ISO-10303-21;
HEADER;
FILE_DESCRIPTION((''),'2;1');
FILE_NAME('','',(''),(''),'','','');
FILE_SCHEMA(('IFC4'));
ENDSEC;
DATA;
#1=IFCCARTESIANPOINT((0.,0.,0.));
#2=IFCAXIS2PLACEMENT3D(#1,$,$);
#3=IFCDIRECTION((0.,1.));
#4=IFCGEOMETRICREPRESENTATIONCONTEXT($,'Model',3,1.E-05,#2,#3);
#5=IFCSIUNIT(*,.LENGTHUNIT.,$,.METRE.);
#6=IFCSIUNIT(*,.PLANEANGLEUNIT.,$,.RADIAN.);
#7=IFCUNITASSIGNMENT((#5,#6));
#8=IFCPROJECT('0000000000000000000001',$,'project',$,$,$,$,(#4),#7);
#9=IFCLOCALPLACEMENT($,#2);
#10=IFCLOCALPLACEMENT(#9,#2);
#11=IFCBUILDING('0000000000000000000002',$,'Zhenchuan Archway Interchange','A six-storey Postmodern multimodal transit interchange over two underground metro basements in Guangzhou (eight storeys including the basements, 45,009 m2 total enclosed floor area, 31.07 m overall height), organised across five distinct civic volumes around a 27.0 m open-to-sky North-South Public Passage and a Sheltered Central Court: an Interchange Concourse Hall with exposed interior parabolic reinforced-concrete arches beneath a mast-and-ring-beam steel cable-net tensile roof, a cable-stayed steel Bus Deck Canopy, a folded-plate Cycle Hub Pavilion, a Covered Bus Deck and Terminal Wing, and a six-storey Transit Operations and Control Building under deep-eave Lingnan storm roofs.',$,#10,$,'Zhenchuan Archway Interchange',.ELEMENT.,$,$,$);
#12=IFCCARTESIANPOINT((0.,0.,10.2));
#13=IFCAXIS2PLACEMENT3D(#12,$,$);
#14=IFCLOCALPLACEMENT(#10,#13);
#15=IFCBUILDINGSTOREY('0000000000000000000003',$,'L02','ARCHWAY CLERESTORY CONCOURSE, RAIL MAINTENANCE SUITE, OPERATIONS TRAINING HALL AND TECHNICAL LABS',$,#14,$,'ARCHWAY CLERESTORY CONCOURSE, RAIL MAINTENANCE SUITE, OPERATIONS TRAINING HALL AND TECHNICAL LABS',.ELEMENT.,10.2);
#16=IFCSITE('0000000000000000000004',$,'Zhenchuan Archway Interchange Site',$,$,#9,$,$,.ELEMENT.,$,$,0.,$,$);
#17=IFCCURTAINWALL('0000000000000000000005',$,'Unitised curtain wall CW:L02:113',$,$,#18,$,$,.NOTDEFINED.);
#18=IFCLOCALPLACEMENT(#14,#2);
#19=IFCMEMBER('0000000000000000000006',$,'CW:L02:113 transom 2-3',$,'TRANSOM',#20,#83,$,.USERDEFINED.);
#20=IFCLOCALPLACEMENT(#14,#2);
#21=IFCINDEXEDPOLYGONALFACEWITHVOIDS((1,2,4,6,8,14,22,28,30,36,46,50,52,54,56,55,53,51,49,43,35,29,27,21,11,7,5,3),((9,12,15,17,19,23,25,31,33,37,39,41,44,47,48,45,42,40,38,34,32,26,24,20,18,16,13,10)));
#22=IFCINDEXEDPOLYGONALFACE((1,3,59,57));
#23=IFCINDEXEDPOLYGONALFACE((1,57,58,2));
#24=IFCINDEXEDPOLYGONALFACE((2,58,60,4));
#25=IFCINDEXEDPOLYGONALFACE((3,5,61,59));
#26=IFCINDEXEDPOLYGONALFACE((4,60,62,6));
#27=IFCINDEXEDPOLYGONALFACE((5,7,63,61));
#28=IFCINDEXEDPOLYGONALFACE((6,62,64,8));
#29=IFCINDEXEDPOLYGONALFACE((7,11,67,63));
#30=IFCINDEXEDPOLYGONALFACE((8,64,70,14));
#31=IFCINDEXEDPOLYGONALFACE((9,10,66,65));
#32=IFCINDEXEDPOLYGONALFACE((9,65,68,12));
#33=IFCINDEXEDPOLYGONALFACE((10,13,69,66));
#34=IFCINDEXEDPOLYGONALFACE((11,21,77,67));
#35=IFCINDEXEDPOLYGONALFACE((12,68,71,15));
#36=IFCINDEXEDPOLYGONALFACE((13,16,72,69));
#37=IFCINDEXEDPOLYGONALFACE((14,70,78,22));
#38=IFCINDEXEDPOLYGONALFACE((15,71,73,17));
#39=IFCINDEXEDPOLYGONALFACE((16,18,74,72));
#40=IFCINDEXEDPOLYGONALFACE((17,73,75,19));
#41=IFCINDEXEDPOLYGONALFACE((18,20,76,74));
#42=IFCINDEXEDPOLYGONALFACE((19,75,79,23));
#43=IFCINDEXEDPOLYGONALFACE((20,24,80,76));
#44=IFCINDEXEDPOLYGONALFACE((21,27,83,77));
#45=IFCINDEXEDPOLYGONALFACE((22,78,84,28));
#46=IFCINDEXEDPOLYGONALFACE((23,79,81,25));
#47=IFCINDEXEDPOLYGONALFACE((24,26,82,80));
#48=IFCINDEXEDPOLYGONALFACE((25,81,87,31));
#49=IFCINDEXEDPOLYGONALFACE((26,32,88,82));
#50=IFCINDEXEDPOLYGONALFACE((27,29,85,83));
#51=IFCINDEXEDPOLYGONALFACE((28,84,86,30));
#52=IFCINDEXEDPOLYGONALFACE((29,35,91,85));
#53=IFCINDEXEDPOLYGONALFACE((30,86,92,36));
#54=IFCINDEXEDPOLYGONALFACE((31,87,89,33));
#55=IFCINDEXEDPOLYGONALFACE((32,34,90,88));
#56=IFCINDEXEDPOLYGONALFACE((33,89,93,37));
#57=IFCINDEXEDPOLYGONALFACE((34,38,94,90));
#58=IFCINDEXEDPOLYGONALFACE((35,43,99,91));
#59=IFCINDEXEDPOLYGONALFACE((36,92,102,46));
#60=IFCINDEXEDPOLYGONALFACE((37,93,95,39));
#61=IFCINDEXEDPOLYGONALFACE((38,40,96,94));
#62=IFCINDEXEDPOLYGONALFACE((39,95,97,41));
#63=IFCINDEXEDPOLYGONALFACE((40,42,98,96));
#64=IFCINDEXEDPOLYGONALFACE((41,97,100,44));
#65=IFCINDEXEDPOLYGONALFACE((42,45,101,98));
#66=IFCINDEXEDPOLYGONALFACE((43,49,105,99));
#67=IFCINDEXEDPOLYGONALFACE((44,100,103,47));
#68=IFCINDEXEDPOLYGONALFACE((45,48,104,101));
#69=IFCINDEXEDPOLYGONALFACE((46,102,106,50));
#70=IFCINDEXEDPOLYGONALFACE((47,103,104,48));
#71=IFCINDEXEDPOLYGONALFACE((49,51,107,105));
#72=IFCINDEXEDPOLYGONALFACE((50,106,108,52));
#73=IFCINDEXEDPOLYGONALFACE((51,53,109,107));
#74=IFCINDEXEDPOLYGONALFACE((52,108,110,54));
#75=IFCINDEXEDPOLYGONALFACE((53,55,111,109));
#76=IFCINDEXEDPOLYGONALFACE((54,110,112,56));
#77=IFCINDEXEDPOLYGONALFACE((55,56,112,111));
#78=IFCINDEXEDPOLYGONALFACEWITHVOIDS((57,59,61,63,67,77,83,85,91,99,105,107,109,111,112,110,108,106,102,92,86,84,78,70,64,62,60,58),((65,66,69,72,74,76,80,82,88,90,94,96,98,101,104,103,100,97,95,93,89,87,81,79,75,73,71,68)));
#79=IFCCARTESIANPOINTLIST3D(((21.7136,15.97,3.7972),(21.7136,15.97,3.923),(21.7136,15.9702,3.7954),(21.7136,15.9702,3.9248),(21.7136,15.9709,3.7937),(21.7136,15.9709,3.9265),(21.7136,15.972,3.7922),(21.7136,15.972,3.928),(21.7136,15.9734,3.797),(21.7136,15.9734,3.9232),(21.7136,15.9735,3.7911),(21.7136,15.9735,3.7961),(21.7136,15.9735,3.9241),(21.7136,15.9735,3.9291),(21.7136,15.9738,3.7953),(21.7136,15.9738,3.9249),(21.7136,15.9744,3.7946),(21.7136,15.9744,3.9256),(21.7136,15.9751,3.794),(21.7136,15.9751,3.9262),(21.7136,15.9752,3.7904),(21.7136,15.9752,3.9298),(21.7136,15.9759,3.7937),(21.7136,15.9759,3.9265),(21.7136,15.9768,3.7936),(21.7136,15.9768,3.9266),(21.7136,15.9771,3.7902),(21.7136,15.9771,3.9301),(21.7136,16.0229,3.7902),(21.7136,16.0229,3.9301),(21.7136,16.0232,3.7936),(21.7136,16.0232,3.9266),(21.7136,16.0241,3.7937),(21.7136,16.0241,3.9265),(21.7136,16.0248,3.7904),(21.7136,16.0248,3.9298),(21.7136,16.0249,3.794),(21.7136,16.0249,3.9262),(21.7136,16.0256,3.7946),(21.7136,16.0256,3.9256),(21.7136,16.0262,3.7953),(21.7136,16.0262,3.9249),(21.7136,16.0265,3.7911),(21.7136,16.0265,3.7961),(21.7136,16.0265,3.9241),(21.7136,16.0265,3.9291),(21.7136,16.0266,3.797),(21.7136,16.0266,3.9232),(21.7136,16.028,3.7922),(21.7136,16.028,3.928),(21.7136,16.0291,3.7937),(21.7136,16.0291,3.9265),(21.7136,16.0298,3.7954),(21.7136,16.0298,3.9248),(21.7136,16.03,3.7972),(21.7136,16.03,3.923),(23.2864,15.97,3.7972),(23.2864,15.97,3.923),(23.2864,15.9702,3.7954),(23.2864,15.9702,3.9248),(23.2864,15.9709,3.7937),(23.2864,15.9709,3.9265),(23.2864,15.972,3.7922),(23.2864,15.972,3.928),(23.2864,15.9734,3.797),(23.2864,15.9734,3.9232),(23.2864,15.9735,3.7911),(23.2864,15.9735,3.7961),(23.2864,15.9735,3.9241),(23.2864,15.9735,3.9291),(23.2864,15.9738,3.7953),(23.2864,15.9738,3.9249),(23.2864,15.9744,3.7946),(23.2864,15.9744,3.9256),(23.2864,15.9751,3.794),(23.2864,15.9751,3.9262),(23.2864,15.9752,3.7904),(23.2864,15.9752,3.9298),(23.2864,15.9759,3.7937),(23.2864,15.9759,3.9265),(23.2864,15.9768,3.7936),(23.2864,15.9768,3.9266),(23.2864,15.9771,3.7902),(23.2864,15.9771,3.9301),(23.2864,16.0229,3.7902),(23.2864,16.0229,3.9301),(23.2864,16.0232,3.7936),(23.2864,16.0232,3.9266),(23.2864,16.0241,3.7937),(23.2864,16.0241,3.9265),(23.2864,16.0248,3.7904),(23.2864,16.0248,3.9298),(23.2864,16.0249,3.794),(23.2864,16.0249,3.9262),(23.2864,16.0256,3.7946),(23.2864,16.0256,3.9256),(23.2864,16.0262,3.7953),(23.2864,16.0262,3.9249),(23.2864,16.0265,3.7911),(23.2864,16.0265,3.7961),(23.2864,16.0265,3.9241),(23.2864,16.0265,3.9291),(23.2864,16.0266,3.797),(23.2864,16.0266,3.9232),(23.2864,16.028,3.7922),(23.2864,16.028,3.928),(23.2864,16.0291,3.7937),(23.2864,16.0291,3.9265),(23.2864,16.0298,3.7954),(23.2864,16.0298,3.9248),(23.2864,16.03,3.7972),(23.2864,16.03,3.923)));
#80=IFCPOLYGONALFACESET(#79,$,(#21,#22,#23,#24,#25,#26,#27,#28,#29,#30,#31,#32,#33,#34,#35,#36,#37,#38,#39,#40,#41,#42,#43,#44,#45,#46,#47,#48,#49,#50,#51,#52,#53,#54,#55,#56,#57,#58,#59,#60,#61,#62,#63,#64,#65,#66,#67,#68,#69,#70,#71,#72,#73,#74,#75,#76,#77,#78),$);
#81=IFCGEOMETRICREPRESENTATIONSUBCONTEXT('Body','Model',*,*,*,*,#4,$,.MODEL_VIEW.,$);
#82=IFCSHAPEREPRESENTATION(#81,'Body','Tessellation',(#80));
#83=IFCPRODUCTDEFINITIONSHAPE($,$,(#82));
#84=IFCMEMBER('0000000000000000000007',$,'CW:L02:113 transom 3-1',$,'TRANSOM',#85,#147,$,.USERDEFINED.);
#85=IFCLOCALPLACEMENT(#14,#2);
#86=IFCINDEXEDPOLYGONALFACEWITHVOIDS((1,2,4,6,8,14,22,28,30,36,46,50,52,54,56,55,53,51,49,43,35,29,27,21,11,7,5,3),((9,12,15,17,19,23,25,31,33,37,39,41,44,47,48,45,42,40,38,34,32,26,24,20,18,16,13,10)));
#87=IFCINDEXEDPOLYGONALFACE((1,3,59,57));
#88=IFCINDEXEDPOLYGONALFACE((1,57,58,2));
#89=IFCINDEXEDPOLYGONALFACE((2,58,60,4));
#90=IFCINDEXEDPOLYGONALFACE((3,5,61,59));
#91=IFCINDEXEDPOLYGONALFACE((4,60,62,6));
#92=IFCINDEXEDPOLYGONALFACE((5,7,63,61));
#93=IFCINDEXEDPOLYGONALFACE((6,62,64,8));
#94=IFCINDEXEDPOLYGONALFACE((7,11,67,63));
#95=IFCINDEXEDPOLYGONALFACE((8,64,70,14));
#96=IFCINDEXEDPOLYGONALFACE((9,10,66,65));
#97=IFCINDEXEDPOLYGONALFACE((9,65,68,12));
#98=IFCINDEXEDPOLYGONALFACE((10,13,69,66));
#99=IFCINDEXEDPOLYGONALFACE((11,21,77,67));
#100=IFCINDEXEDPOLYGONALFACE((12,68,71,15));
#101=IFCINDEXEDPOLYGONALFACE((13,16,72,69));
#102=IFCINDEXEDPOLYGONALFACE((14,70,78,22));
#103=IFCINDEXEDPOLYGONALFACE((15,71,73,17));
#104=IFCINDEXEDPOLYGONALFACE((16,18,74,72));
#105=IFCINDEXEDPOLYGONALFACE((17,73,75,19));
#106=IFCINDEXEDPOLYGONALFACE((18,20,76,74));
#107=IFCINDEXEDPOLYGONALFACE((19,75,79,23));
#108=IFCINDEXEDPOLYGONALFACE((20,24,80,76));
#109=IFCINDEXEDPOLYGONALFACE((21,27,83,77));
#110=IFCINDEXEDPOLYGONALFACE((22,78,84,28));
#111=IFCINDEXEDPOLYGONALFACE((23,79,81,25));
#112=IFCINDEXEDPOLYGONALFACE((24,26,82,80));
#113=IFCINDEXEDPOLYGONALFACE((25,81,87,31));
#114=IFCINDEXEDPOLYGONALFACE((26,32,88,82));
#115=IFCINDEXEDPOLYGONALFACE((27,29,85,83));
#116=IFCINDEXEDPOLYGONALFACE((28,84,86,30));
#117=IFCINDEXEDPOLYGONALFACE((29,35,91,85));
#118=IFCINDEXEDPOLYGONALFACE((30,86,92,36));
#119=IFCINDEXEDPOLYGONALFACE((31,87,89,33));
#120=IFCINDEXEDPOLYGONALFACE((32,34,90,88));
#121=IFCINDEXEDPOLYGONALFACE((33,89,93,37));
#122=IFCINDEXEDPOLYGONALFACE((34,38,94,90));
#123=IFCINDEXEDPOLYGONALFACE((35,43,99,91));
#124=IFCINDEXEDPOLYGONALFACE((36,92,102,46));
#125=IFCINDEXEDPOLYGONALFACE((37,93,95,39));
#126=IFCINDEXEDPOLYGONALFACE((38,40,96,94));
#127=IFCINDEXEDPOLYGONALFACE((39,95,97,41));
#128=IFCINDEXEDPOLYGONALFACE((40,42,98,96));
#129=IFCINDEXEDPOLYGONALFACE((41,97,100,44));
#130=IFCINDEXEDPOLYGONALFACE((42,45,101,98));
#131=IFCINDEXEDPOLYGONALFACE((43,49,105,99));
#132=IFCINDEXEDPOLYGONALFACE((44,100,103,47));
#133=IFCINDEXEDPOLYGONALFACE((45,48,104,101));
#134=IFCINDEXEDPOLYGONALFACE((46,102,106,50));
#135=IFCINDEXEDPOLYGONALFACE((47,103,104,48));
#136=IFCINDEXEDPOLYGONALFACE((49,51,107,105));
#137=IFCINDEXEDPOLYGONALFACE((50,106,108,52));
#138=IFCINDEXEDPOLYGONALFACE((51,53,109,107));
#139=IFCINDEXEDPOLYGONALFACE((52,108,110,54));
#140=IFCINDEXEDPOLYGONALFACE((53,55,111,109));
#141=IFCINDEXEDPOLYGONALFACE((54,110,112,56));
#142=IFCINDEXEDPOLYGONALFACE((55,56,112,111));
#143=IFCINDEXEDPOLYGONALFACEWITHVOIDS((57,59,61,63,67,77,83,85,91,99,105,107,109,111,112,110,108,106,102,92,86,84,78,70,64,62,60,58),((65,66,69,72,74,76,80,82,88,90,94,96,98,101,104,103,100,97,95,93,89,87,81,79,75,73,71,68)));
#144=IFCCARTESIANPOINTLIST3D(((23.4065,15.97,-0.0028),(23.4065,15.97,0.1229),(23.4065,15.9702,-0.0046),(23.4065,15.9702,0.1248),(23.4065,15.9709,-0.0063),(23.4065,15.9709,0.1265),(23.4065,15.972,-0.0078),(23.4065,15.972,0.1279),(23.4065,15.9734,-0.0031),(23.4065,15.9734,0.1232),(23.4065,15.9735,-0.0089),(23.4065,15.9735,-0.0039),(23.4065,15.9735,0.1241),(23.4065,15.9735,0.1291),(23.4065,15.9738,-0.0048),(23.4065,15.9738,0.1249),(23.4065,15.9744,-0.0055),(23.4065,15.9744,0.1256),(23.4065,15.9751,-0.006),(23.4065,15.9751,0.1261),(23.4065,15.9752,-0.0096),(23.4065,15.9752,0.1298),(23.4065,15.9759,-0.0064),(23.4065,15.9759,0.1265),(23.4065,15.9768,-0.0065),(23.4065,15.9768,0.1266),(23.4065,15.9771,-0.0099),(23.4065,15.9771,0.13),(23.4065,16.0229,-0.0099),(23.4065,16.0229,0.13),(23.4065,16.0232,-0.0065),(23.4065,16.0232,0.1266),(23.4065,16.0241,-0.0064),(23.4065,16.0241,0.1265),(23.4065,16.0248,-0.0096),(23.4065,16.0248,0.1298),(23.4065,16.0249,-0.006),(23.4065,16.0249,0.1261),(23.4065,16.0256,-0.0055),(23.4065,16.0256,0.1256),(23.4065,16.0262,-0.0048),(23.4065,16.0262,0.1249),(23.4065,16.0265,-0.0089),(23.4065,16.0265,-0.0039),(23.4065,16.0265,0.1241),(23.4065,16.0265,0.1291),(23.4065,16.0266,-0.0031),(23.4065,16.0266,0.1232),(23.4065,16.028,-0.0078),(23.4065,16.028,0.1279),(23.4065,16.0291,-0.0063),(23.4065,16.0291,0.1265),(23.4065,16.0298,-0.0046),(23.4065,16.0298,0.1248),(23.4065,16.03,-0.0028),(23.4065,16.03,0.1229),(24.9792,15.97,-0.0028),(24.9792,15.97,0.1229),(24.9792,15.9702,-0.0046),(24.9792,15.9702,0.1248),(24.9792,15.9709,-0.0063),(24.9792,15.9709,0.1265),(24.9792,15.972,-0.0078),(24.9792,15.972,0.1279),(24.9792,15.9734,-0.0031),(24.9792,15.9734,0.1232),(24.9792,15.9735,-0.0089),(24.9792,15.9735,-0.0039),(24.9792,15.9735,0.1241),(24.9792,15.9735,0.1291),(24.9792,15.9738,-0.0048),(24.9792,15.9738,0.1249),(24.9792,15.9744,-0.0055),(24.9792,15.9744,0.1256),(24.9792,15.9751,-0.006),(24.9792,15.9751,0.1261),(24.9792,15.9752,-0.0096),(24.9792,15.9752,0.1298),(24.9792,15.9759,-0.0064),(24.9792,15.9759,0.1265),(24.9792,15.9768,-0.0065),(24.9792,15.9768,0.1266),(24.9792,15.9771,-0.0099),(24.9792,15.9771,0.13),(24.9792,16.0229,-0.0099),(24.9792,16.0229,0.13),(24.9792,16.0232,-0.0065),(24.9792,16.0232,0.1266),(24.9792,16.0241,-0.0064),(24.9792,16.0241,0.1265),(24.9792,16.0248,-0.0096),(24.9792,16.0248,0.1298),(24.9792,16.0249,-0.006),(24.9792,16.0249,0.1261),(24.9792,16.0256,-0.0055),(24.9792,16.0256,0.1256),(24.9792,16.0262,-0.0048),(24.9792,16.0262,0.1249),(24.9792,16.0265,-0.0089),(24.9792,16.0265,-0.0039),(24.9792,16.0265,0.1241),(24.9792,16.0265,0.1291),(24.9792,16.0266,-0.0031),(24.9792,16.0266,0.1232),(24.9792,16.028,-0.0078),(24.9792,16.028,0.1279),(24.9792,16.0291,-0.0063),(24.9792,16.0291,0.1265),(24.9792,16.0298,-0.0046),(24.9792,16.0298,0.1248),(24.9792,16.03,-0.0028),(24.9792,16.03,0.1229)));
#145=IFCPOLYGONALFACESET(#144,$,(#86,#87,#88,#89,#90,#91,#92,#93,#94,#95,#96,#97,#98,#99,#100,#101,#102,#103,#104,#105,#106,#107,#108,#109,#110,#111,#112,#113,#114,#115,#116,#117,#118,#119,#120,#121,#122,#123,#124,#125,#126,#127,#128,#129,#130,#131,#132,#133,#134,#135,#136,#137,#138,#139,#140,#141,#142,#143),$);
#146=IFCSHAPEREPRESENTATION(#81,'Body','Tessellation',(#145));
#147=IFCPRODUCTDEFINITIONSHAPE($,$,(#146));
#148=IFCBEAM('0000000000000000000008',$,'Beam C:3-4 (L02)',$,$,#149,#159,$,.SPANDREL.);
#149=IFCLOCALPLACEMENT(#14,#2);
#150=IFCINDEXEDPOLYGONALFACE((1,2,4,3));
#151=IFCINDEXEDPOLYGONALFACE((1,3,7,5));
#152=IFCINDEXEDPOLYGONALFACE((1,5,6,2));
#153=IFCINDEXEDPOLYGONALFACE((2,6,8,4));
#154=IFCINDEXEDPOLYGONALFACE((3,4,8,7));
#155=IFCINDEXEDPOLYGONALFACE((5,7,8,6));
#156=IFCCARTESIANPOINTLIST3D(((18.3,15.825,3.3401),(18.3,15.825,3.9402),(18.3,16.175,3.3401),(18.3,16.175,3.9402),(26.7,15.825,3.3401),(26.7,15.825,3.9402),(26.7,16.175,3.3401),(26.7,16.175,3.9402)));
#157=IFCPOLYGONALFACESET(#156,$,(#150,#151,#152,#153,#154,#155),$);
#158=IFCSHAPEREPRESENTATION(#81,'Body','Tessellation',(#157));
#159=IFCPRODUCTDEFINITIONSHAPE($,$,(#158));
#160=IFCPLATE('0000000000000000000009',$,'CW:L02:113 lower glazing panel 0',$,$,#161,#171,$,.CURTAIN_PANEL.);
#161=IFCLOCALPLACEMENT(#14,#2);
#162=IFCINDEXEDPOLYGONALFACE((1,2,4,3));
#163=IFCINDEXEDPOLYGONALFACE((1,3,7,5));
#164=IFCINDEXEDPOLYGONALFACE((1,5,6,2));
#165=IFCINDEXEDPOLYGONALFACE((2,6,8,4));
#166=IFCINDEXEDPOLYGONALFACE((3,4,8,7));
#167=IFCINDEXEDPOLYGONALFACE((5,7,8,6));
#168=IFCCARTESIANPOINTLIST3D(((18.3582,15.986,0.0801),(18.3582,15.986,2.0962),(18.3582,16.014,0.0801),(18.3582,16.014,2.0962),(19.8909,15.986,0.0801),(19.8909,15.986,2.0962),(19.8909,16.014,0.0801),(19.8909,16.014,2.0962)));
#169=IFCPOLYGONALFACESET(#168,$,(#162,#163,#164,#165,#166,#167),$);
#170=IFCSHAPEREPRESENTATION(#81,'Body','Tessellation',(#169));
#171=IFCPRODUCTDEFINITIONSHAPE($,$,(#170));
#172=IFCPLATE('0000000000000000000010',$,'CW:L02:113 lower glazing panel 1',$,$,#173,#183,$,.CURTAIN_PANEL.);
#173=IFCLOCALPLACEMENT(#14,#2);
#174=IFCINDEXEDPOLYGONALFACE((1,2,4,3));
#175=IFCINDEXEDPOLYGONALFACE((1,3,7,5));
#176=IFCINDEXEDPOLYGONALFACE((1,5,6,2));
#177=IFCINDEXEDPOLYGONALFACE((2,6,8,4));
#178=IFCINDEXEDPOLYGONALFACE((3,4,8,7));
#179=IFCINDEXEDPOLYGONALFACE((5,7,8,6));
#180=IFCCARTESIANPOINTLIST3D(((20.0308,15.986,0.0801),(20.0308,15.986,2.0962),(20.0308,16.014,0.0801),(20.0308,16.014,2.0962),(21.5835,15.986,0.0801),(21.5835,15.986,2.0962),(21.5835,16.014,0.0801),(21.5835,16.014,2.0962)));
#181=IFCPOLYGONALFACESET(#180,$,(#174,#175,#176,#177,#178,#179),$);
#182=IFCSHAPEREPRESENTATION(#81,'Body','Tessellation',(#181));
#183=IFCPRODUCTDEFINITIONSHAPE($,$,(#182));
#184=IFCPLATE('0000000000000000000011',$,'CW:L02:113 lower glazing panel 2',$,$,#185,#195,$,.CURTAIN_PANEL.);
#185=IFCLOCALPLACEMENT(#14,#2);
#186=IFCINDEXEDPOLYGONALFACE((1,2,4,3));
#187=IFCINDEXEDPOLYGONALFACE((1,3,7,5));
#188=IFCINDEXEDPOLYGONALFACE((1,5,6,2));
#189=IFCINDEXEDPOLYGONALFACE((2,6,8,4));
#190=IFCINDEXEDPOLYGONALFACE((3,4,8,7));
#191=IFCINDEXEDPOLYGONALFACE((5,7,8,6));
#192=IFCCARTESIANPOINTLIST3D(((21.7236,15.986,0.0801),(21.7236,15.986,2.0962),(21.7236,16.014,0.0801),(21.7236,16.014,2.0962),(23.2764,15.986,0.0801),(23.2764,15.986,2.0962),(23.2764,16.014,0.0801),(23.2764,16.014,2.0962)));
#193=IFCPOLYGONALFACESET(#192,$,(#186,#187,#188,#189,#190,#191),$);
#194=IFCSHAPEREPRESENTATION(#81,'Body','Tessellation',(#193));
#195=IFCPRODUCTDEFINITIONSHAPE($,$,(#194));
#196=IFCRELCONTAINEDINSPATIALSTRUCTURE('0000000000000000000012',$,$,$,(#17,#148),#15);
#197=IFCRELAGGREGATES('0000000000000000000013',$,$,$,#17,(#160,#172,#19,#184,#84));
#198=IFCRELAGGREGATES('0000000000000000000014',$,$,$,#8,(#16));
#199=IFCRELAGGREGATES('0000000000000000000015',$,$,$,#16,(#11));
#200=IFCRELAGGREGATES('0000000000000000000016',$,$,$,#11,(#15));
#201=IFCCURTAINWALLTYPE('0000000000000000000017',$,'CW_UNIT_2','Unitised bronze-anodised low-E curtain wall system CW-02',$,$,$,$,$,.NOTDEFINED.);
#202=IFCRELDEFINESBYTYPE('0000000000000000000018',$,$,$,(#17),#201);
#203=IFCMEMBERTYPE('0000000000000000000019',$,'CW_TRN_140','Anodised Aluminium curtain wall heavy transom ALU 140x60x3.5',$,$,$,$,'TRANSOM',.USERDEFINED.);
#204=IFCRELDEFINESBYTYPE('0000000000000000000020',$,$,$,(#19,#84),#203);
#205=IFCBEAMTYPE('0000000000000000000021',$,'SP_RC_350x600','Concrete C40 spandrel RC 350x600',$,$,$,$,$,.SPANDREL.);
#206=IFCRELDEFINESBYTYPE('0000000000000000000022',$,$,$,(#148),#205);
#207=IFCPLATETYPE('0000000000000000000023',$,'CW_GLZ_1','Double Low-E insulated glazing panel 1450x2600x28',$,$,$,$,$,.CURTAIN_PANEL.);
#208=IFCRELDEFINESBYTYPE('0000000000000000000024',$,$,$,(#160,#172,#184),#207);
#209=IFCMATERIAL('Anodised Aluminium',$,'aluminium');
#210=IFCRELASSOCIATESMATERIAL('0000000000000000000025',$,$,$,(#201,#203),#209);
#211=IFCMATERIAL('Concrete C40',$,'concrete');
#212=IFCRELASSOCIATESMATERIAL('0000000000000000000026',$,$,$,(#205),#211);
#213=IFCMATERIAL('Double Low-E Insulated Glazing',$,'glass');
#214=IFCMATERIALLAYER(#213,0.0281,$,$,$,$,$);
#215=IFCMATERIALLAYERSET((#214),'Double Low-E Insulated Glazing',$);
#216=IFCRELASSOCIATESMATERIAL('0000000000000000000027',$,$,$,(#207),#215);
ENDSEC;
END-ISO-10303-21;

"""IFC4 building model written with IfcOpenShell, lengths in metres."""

from ifc_helpers import new_model, si_unit, direction, frame, origin, origin_2d, place, context, subcontext, project, spatial, rectangle, hollow_rectangle, extrude, material, layer, layer_set, material_profile, profile_set, type_object, element, aggregate, save


model = new_model("IFC4")

# Units and contexts
model_context = context("Model", 3, precision=1e-05, world=origin(), true_north=direction((0.0, 1.0)))
body_context = subcontext(model_context, "Body", "Model", "MODEL_VIEW")
ifc_project = project(units=[si_unit("LENGTHUNIT", "METRE"), si_unit("PLANEANGLEUNIT", "RADIAN")], contexts=[model_context])

# Site, building, storey
site_placement = place(None, origin())
site = spatial("IfcSite", under=ifc_project, at=site_placement, Name="Zhenchuan Archway Interchange Site", CompositionType="ELEMENT", RefElevation=0.0)
building_placement = place(site_placement, origin())
building = spatial("IfcBuilding", under=site, at=building_placement, Name="Zhenchuan Archway Interchange", Description="A six-storey Postmodern multimodal transit interchange over two underground metro basements in Guangzhou (eight storeys including the basements, 45,009 m2 total enclosed floor area, 31.07 m overall height), organised across five distinct civic volumes around a 27.0 m open-to-sky North-South Public Passage and a Sheltered Central Court: an Interchange Concourse Hall with exposed interior parabolic reinforced-concrete arches beneath a mast-and-ring-beam steel cable-net tensile roof, a cable-stayed steel Bus Deck Canopy, a folded-plate Cycle Hub Pavilion, a Covered Bus Deck and Terminal Wing, and a six-storey Transit Operations and Control Building under deep-eave Lingnan storm roofs.", LongName="Zhenchuan Archway Interchange", CompositionType="ELEMENT")
storey_placement = place(building_placement, frame((0.0, 0.0, 10.2)))
storey = spatial("IfcBuildingStorey", under=building, at=storey_placement, Name="L02", Description="ARCHWAY CLERESTORY CONCOURSE, RAIL MAINTENANCE SUITE, OPERATIONS TRAINING HALL AND TECHNICAL LABS", LongName="ARCHWAY CLERESTORY CONCOURSE, RAIL MAINTENANCE SUITE, OPERATIONS TRAINING HALL AND TECHNICAL LABS", CompositionType="ELEMENT", Elevation=10.2)

# Curtain wall, members
ifc_material_1 = material(Name="Anodised Aluminium", Category="aluminium")
curtain_wall_type = type_object("IfcCurtainWallType", Name="CW_UNIT_2", Description="Unitised bronze-anodised low-E curtain wall system CW-02", PredefinedType="NOTDEFINED", material=ifc_material_1)
curtain_wall_placement = place(storey_placement, origin())
curtain_wall = element("IfcCurtainWall", 1, at=curtain_wall_placement, inside=storey, type_object=curtain_wall_type, Name="Unitised curtain wall CW:L02:113", PredefinedType="NOTDEFINED")
ifc_material_profile_1 = material_profile(ifc_material_1, hollow_rectangle(XDim=0.0601, YDim=0.1399, WallThickness=0.0034, InnerFilletRadius=0.0034, OuterFilletRadius=0.0071, at=origin_2d()), Name="ALU 140x60x3.5")
ifc_profile_set_1 = profile_set([ifc_material_profile_1], Name="Anodised Aluminium")
member_type_1 = type_object("IfcMemberType", Name="CW_TRN_140", Description="Anodised Aluminium curtain wall heavy transom ALU 140x60x3.5", ElementType="TRANSOM", PredefinedType="USERDEFINED", material=ifc_profile_set_1)
member_1_placement = place(storey_placement, frame((21.7136, 16.0, 3.8601), z_axis=(1.0, 0.0, 0.0), x_axis=(0.0, 1.0, 0.0)))
member_1 = element("IfcMember", 2, at=member_1_placement, type_object=member_type_1, Name="CW:L02:113 transom 2-3", ObjectType="TRANSOM", PredefinedType="USERDEFINED", context=body_context, shape_type="SweptSolid", body=[
    extrude(hollow_rectangle(XDim=0.0601, YDim=0.1399, WallThickness=0.0034, InnerFilletRadius=0.0034, OuterFilletRadius=0.0071, at=origin_2d()), origin(), (0.0, 0.0, 1.0), 1.5728),
])
member_2_placement = place(storey_placement, frame((23.4065, 16.0, 0.0601), z_axis=(1.0, 0.0, 0.0), x_axis=(0.0, 1.0, 0.0)))
member_2 = element("IfcMember", 3, at=member_2_placement, type_object=member_type_1, Name="CW:L02:113 transom 3-1", ObjectType="TRANSOM", PredefinedType="USERDEFINED", context=body_context, shape_type="SweptSolid", body=[
    extrude(hollow_rectangle(XDim=0.0601, YDim=0.1399, WallThickness=0.0034, InnerFilletRadius=0.0034, OuterFilletRadius=0.0071, at=origin_2d()), origin(), (0.0, 0.0, 1.0), 1.5728),
])

# Beam
ifc_material_2 = material(Name="Concrete C40", Category="concrete")
ifc_material_profile_2 = material_profile(ifc_material_2, rectangle(XDim=0.3501, YDim=0.6001, at=origin_2d()), Name="RC 350x600")
ifc_profile_set_2 = profile_set([ifc_material_profile_2], Name="Concrete C40")
beam_type = type_object("IfcBeamType", Name="SP_RC_350x600", Description="Concrete C40 spandrel RC 350x600", PredefinedType="SPANDREL", material=ifc_profile_set_2)
beam_placement = place(storey_placement, frame((18.3, 16.0, 3.6401), z_axis=(1.0, 0.0, 0.0), x_axis=(0.0, 1.0, 0.0)))
element("IfcBeam", 4, at=beam_placement, inside=storey, type_object=beam_type, Name="Beam C:3-4 (L02)", PredefinedType="SPANDREL", context=body_context, shape_type="SweptSolid", body=[
    extrude(rectangle(XDim=0.3501, YDim=0.6001, at=origin_2d()), origin(), (0.0, 0.0, 1.0), 8.3999),
])

# Plates
ifc_material_3 = material(Name="Double Low-E Insulated Glazing", Category="glass")
ifc_layer_1 = layer(ifc_material_3, 0.0281)
ifc_layer_set_1 = layer_set([ifc_layer_1], Name="Double Low-E Insulated Glazing")
plate_type_1 = type_object("IfcPlateType", Name="CW_GLZ_1", Description="Double Low-E insulated glazing panel 1450x2600x28", PredefinedType="CURTAIN_PANEL", material=ifc_layer_set_1)
plate_1_placement = place(storey_placement, frame((19.1245, 16.0, 0.0801), z_axis=(0.0, 0.0, 1.0), x_axis=(1.0, 0.0, 0.0)))
plate_1 = element("IfcPlate", 5, at=plate_1_placement, type_object=plate_type_1, Name="CW:L02:113 lower glazing panel 0", PredefinedType="CURTAIN_PANEL", context=body_context, shape_type="SweptSolid", body=[
    extrude(rectangle(XDim=1.5327, YDim=0.0281, at=origin_2d()), origin(), (0.0, 0.0, 1.0), 2.0161),
])
plate_2_placement = place(storey_placement, frame((20.8071, 16.0, 0.0801), z_axis=(0.0, 0.0, 1.0), x_axis=(1.0, 0.0, 0.0)))
plate_2 = element("IfcPlate", 6, at=plate_2_placement, type_object=plate_type_1, Name="CW:L02:113 lower glazing panel 1", PredefinedType="CURTAIN_PANEL", context=body_context, shape_type="SweptSolid", body=[
    extrude(rectangle(XDim=1.5527, YDim=0.0281, at=origin_2d()), origin(), (0.0, 0.0, 1.0), 2.0161),
])
plate_3_placement = place(storey_placement, frame((22.5, 16.0, 0.0801), z_axis=(0.0, 0.0, 1.0), x_axis=(1.0, 0.0, 0.0)))
plate_3 = element("IfcPlate", 7, at=plate_3_placement, type_object=plate_type_1, Name="CW:L02:113 lower glazing panel 2", PredefinedType="CURTAIN_PANEL", context=body_context, shape_type="SweptSolid", body=[
    extrude(rectangle(XDim=1.5527, YDim=0.0281, at=origin_2d()), origin(), (0.0, 0.0, 1.0), 2.0161),
])
aggregate(curtain_wall, [plate_1, plate_2, member_1, plate_3, member_2])

save(model, "model.ifc")
